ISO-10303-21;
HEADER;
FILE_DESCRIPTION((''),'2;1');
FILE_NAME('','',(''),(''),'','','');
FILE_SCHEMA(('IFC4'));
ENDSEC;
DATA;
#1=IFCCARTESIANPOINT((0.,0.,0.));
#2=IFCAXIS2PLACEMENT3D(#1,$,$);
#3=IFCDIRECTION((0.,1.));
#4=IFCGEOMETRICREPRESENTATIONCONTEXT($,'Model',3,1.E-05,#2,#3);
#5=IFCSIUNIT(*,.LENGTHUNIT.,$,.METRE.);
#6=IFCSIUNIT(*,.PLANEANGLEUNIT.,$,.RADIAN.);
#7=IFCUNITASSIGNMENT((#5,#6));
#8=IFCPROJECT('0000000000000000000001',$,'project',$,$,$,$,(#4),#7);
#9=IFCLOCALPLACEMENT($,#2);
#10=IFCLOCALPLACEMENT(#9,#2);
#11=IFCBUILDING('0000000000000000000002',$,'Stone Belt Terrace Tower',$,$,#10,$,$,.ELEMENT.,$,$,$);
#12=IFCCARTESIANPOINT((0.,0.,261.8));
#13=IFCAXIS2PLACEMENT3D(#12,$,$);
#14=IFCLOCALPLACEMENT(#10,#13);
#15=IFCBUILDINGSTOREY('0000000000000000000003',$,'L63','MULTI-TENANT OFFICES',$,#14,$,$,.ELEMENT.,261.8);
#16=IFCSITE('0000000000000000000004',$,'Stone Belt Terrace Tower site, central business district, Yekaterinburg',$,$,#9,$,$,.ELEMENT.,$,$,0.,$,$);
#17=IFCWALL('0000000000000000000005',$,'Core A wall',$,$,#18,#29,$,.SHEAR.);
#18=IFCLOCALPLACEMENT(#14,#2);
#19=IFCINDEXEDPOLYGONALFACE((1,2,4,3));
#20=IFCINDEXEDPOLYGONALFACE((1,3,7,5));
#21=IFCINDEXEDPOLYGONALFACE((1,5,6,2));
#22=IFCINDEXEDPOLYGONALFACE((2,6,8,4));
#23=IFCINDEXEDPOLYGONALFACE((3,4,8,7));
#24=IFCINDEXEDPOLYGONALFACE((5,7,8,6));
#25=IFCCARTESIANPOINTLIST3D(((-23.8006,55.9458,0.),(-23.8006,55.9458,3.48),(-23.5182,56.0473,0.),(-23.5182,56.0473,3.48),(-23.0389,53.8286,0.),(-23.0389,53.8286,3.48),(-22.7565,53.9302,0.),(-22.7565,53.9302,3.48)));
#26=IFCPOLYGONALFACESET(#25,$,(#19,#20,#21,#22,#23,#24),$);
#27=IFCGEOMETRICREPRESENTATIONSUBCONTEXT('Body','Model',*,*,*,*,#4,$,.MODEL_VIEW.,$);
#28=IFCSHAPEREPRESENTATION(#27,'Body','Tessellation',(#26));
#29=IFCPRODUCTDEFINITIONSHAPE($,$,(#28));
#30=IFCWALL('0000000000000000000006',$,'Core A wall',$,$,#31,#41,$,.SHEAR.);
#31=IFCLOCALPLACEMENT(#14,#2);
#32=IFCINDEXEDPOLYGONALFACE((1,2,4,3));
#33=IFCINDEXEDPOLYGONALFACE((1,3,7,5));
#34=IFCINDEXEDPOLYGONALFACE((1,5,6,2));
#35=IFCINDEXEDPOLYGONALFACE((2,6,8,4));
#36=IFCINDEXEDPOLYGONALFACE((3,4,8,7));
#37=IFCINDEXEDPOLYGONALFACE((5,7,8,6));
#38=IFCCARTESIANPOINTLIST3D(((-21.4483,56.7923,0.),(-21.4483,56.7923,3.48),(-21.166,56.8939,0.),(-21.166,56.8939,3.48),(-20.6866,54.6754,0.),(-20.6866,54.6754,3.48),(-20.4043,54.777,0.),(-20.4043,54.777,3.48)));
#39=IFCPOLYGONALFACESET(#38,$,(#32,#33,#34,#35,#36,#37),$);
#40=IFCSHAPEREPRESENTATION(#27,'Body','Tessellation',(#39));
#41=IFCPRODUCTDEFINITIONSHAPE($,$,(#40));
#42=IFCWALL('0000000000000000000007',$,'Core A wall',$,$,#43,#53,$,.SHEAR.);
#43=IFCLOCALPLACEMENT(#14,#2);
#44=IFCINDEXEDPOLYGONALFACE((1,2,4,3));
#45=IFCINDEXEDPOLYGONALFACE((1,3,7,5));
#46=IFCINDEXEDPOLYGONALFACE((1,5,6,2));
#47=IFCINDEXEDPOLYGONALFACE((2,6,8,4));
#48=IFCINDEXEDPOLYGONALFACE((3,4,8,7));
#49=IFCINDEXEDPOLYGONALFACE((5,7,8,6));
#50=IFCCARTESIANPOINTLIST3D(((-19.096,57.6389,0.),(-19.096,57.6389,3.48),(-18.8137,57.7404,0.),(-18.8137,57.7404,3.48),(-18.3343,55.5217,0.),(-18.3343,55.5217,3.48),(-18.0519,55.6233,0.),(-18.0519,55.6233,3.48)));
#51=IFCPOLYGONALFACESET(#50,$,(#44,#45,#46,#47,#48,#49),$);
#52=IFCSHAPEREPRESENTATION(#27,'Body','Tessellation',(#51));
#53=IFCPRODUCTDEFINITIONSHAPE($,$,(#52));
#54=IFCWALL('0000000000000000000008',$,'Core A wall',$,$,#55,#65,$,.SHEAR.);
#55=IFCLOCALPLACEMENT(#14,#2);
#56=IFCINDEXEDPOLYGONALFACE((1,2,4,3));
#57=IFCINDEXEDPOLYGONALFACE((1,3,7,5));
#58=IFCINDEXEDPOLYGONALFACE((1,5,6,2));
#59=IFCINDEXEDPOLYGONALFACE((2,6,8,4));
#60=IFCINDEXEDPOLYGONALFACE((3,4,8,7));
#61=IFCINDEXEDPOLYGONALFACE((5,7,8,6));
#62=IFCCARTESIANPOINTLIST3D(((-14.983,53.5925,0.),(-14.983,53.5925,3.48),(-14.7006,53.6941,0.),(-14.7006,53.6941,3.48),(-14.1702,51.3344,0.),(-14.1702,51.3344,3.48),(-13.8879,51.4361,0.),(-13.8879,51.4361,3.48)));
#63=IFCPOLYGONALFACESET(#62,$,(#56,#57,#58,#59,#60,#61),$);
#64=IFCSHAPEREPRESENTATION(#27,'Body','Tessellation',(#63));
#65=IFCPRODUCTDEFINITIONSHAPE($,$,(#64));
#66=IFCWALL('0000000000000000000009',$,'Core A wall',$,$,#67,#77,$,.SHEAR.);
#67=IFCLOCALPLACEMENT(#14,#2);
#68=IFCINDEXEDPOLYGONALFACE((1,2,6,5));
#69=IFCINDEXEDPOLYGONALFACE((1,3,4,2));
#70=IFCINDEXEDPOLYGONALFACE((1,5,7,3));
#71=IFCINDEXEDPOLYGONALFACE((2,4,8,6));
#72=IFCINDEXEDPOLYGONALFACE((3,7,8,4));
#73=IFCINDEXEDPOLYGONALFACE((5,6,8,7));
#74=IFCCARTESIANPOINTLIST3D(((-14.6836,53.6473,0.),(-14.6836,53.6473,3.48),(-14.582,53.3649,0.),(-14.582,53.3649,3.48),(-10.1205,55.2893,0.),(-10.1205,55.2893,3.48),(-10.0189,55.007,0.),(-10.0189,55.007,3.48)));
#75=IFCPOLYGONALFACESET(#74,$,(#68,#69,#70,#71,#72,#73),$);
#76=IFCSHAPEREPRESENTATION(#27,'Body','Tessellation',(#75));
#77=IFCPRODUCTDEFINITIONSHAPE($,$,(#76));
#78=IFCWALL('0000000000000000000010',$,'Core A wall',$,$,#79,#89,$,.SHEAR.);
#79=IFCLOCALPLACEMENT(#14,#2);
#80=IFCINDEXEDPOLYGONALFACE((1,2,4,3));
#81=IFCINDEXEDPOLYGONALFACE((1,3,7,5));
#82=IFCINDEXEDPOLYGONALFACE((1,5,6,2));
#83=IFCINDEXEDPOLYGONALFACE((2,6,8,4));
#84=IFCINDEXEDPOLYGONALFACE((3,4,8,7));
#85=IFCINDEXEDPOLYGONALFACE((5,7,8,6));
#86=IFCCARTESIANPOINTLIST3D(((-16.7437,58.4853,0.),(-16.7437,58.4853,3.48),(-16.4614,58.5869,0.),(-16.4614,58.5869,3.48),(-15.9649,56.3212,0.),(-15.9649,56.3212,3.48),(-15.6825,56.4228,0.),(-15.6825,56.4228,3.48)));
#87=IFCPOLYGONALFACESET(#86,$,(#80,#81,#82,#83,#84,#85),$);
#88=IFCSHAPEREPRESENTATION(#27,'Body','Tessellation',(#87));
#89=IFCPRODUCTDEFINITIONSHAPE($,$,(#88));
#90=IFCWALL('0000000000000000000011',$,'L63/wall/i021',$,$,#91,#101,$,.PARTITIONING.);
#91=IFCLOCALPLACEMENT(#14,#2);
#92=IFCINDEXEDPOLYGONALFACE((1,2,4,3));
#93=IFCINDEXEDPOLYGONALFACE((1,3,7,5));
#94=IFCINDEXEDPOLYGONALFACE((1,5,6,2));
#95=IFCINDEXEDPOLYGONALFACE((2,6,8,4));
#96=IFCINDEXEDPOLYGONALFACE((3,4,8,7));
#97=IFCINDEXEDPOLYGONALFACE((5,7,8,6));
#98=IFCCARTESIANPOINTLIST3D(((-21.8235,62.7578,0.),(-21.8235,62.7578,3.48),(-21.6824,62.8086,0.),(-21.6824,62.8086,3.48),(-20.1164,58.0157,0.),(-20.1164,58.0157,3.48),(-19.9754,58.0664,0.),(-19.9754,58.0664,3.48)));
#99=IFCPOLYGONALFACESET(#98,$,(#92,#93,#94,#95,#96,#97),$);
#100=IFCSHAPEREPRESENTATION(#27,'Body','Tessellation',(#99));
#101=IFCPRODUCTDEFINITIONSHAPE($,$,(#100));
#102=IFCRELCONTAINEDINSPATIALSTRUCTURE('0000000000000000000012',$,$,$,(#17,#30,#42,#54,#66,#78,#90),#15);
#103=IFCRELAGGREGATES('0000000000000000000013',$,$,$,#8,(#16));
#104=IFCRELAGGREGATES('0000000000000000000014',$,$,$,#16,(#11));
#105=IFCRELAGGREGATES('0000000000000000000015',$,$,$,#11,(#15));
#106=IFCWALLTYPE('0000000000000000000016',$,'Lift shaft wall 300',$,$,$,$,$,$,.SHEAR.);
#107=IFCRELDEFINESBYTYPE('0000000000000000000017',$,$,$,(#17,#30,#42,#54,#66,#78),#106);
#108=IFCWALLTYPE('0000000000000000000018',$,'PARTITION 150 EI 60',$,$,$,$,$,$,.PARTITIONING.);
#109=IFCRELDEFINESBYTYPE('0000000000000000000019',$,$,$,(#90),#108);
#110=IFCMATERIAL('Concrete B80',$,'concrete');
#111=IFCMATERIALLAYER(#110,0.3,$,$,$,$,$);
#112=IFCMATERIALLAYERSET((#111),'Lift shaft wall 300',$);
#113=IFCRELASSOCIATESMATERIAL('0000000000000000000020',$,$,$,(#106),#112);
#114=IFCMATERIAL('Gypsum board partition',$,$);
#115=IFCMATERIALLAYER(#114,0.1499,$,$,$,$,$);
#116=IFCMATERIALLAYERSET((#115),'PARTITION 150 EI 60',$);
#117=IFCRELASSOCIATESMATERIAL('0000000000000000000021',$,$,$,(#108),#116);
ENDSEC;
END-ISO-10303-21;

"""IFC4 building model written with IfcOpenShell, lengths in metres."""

from ifc_helpers import new_model, si_unit, direction, frame, frame_2d, origin, place, context, subcontext, project, spatial, rectangle, extrude, material, layer, layer_set, type_object, element, save


model = new_model("IFC4")

# Units and contexts
model_context = context("Model", 3, precision=1e-05, world=origin(), true_north=direction((0.0, 1.0)))
body_context = subcontext(model_context, "Body", "Model", "MODEL_VIEW")
ifc_project = project(units=[si_unit("LENGTHUNIT", "METRE"), si_unit("PLANEANGLEUNIT", "RADIAN")], contexts=[model_context])

# Site, building, storey
site_placement = place(None, origin())
site = spatial("IfcSite", under=ifc_project, at=site_placement, Name="Stone Belt Terrace Tower site, central business district, Yekaterinburg", CompositionType="ELEMENT", RefElevation=0.0)
building_placement = place(site_placement, origin())
building = spatial("IfcBuilding", under=site, at=building_placement, Name="Stone Belt Terrace Tower", CompositionType="ELEMENT")
storey_placement = place(building_placement, frame((0.0, 0.0, 261.8)))
storey = spatial("IfcBuildingStorey", under=building, at=storey_placement, Name="L63", Description="MULTI-TENANT OFFICES", CompositionType="ELEMENT", Elevation=261.8)

# Shared definitions
ifc_material_1 = material(Name="Concrete B80", Category="concrete")
ifc_layer_1 = layer(ifc_material_1, 0.3)
ifc_layer_set_1 = layer_set([ifc_layer_1], Name="Lift shaft wall 300")
wall_type_1 = type_object("IfcWallType", Name="Lift shaft wall 300", PredefinedType="SHEAR", material=ifc_layer_set_1)

# Walls
wall_1_placement = place(storey_placement, frame((-22.8977, 53.8794, 0.0), z_axis=(0.0, 0.0, 1.0), x_axis=(-0.338535, 0.940954, 0.0)))
element("IfcWall", 1, at=wall_1_placement, inside=storey, type_object=wall_type_1, Name="Core A wall", PredefinedType="SHEAR", context=body_context, shape_type="SweptSolid", body=[
    extrude(rectangle(XDim=2.25, YDim=0.3, at=frame_2d((1.125, 0.0))), origin(), (0.0, 0.0, 1.0), 3.48),
])
wall_2_placement = place(storey_placement, frame((-20.5454, 54.7261, 0.0), z_axis=(0.0, 0.0, 1.0), x_axis=(-0.33857, 0.940941, 0.0)))
element("IfcWall", 2, at=wall_2_placement, inside=storey, type_object=wall_type_1, Name="Core A wall", PredefinedType="SHEAR", context=body_context, shape_type="SweptSolid", body=[
    extrude(rectangle(XDim=2.2498, YDim=0.3, at=frame_2d((1.125, 0.0))), origin(), (0.0, 0.0, 1.0), 3.48),
])
wall_3_placement = place(storey_placement, frame((-18.1931, 55.5725, 0.0), z_axis=(0.0, 0.0, 1.0), x_axis=(-0.338535, 0.940954, 0.0)))
element("IfcWall", 3, at=wall_3_placement, inside=storey, type_object=wall_type_1, Name="Core A wall", PredefinedType="SHEAR", context=body_context, shape_type="SweptSolid", body=[
    extrude(rectangle(XDim=2.25, YDim=0.3, at=frame_2d((1.125, 0.0))), origin(), (0.0, 0.0, 1.0), 3.48),
])
wall_4_placement = place(storey_placement, frame((-14.0291, 51.3853, 0.0), z_axis=(0.0, 0.0, 1.0), x_axis=(-0.338662, 0.940908, 0.0)))
element("IfcWall", 4, at=wall_4_placement, inside=storey, type_object=wall_type_1, Name="Core A wall", PredefinedType="SHEAR", context=body_context, shape_type="SweptSolid", body=[
    extrude(rectangle(XDim=2.3999, YDim=0.3, at=frame_2d((1.2, 0.0))), origin(), (0.0, 0.0, 1.0), 3.48),
])
wall_5_placement = place(storey_placement, frame((-14.6328, 53.5061, 0.0), z_axis=(0.0, 0.0, 1.0), x_axis=(0.940932, 0.338596, 0.0)))
element("IfcWall", 5, at=wall_5_placement, inside=storey, type_object=wall_type_1, Name="Core A wall", PredefinedType="SHEAR", context=body_context, shape_type="SweptSolid", body=[
    extrude(rectangle(XDim=4.8496, YDim=0.3, at=frame_2d((2.4248, 0.0))), origin(), (0.0, 0.0, 1.0), 3.48),
])
wall_6_placement = place(storey_placement, frame((-15.8237, 56.3721, 0.0), z_axis=(0.0, 0.0, 1.0), x_axis=(-0.338622, 0.940923, 0.0)))
element("IfcWall", 6, at=wall_6_placement, inside=storey, type_object=wall_type_1, Name="Core A wall", PredefinedType="SHEAR", context=body_context, shape_type="SweptSolid", body=[
    extrude(rectangle(XDim=2.3, YDim=0.3, at=frame_2d((1.1499, 0.0))), origin(), (0.0, 0.0, 1.0), 3.48),
])
ifc_material_2 = material(Name="Gypsum board partition")
ifc_layer_2 = layer(ifc_material_2, 0.1499)
ifc_layer_set_2 = layer_set([ifc_layer_2], Name="PARTITION 150 EI 60")
wall_type_2 = type_object("IfcWallType", Name="PARTITION 150 EI 60", PredefinedType="PARTITIONING", material=ifc_layer_set_2)
wall_7_placement = place(storey_placement, frame((-21.7529, 62.7832, 0.0), z_axis=(0.0, 0.0, 1.0), x_axis=(0.338692, -0.940897, 0.0)))
element("IfcWall", 7, at=wall_7_placement, inside=storey, type_object=wall_type_2, Name="L63/wall/i021", PredefinedType="PARTITIONING", context=body_context, shape_type="SweptSolid", body=[
    extrude(rectangle(XDim=5.04, YDim=0.1499, at=frame_2d((2.52, 0.0))), origin(), (0.0, 0.0, 1.0), 3.48),
])

save(model, "model.ifc")
